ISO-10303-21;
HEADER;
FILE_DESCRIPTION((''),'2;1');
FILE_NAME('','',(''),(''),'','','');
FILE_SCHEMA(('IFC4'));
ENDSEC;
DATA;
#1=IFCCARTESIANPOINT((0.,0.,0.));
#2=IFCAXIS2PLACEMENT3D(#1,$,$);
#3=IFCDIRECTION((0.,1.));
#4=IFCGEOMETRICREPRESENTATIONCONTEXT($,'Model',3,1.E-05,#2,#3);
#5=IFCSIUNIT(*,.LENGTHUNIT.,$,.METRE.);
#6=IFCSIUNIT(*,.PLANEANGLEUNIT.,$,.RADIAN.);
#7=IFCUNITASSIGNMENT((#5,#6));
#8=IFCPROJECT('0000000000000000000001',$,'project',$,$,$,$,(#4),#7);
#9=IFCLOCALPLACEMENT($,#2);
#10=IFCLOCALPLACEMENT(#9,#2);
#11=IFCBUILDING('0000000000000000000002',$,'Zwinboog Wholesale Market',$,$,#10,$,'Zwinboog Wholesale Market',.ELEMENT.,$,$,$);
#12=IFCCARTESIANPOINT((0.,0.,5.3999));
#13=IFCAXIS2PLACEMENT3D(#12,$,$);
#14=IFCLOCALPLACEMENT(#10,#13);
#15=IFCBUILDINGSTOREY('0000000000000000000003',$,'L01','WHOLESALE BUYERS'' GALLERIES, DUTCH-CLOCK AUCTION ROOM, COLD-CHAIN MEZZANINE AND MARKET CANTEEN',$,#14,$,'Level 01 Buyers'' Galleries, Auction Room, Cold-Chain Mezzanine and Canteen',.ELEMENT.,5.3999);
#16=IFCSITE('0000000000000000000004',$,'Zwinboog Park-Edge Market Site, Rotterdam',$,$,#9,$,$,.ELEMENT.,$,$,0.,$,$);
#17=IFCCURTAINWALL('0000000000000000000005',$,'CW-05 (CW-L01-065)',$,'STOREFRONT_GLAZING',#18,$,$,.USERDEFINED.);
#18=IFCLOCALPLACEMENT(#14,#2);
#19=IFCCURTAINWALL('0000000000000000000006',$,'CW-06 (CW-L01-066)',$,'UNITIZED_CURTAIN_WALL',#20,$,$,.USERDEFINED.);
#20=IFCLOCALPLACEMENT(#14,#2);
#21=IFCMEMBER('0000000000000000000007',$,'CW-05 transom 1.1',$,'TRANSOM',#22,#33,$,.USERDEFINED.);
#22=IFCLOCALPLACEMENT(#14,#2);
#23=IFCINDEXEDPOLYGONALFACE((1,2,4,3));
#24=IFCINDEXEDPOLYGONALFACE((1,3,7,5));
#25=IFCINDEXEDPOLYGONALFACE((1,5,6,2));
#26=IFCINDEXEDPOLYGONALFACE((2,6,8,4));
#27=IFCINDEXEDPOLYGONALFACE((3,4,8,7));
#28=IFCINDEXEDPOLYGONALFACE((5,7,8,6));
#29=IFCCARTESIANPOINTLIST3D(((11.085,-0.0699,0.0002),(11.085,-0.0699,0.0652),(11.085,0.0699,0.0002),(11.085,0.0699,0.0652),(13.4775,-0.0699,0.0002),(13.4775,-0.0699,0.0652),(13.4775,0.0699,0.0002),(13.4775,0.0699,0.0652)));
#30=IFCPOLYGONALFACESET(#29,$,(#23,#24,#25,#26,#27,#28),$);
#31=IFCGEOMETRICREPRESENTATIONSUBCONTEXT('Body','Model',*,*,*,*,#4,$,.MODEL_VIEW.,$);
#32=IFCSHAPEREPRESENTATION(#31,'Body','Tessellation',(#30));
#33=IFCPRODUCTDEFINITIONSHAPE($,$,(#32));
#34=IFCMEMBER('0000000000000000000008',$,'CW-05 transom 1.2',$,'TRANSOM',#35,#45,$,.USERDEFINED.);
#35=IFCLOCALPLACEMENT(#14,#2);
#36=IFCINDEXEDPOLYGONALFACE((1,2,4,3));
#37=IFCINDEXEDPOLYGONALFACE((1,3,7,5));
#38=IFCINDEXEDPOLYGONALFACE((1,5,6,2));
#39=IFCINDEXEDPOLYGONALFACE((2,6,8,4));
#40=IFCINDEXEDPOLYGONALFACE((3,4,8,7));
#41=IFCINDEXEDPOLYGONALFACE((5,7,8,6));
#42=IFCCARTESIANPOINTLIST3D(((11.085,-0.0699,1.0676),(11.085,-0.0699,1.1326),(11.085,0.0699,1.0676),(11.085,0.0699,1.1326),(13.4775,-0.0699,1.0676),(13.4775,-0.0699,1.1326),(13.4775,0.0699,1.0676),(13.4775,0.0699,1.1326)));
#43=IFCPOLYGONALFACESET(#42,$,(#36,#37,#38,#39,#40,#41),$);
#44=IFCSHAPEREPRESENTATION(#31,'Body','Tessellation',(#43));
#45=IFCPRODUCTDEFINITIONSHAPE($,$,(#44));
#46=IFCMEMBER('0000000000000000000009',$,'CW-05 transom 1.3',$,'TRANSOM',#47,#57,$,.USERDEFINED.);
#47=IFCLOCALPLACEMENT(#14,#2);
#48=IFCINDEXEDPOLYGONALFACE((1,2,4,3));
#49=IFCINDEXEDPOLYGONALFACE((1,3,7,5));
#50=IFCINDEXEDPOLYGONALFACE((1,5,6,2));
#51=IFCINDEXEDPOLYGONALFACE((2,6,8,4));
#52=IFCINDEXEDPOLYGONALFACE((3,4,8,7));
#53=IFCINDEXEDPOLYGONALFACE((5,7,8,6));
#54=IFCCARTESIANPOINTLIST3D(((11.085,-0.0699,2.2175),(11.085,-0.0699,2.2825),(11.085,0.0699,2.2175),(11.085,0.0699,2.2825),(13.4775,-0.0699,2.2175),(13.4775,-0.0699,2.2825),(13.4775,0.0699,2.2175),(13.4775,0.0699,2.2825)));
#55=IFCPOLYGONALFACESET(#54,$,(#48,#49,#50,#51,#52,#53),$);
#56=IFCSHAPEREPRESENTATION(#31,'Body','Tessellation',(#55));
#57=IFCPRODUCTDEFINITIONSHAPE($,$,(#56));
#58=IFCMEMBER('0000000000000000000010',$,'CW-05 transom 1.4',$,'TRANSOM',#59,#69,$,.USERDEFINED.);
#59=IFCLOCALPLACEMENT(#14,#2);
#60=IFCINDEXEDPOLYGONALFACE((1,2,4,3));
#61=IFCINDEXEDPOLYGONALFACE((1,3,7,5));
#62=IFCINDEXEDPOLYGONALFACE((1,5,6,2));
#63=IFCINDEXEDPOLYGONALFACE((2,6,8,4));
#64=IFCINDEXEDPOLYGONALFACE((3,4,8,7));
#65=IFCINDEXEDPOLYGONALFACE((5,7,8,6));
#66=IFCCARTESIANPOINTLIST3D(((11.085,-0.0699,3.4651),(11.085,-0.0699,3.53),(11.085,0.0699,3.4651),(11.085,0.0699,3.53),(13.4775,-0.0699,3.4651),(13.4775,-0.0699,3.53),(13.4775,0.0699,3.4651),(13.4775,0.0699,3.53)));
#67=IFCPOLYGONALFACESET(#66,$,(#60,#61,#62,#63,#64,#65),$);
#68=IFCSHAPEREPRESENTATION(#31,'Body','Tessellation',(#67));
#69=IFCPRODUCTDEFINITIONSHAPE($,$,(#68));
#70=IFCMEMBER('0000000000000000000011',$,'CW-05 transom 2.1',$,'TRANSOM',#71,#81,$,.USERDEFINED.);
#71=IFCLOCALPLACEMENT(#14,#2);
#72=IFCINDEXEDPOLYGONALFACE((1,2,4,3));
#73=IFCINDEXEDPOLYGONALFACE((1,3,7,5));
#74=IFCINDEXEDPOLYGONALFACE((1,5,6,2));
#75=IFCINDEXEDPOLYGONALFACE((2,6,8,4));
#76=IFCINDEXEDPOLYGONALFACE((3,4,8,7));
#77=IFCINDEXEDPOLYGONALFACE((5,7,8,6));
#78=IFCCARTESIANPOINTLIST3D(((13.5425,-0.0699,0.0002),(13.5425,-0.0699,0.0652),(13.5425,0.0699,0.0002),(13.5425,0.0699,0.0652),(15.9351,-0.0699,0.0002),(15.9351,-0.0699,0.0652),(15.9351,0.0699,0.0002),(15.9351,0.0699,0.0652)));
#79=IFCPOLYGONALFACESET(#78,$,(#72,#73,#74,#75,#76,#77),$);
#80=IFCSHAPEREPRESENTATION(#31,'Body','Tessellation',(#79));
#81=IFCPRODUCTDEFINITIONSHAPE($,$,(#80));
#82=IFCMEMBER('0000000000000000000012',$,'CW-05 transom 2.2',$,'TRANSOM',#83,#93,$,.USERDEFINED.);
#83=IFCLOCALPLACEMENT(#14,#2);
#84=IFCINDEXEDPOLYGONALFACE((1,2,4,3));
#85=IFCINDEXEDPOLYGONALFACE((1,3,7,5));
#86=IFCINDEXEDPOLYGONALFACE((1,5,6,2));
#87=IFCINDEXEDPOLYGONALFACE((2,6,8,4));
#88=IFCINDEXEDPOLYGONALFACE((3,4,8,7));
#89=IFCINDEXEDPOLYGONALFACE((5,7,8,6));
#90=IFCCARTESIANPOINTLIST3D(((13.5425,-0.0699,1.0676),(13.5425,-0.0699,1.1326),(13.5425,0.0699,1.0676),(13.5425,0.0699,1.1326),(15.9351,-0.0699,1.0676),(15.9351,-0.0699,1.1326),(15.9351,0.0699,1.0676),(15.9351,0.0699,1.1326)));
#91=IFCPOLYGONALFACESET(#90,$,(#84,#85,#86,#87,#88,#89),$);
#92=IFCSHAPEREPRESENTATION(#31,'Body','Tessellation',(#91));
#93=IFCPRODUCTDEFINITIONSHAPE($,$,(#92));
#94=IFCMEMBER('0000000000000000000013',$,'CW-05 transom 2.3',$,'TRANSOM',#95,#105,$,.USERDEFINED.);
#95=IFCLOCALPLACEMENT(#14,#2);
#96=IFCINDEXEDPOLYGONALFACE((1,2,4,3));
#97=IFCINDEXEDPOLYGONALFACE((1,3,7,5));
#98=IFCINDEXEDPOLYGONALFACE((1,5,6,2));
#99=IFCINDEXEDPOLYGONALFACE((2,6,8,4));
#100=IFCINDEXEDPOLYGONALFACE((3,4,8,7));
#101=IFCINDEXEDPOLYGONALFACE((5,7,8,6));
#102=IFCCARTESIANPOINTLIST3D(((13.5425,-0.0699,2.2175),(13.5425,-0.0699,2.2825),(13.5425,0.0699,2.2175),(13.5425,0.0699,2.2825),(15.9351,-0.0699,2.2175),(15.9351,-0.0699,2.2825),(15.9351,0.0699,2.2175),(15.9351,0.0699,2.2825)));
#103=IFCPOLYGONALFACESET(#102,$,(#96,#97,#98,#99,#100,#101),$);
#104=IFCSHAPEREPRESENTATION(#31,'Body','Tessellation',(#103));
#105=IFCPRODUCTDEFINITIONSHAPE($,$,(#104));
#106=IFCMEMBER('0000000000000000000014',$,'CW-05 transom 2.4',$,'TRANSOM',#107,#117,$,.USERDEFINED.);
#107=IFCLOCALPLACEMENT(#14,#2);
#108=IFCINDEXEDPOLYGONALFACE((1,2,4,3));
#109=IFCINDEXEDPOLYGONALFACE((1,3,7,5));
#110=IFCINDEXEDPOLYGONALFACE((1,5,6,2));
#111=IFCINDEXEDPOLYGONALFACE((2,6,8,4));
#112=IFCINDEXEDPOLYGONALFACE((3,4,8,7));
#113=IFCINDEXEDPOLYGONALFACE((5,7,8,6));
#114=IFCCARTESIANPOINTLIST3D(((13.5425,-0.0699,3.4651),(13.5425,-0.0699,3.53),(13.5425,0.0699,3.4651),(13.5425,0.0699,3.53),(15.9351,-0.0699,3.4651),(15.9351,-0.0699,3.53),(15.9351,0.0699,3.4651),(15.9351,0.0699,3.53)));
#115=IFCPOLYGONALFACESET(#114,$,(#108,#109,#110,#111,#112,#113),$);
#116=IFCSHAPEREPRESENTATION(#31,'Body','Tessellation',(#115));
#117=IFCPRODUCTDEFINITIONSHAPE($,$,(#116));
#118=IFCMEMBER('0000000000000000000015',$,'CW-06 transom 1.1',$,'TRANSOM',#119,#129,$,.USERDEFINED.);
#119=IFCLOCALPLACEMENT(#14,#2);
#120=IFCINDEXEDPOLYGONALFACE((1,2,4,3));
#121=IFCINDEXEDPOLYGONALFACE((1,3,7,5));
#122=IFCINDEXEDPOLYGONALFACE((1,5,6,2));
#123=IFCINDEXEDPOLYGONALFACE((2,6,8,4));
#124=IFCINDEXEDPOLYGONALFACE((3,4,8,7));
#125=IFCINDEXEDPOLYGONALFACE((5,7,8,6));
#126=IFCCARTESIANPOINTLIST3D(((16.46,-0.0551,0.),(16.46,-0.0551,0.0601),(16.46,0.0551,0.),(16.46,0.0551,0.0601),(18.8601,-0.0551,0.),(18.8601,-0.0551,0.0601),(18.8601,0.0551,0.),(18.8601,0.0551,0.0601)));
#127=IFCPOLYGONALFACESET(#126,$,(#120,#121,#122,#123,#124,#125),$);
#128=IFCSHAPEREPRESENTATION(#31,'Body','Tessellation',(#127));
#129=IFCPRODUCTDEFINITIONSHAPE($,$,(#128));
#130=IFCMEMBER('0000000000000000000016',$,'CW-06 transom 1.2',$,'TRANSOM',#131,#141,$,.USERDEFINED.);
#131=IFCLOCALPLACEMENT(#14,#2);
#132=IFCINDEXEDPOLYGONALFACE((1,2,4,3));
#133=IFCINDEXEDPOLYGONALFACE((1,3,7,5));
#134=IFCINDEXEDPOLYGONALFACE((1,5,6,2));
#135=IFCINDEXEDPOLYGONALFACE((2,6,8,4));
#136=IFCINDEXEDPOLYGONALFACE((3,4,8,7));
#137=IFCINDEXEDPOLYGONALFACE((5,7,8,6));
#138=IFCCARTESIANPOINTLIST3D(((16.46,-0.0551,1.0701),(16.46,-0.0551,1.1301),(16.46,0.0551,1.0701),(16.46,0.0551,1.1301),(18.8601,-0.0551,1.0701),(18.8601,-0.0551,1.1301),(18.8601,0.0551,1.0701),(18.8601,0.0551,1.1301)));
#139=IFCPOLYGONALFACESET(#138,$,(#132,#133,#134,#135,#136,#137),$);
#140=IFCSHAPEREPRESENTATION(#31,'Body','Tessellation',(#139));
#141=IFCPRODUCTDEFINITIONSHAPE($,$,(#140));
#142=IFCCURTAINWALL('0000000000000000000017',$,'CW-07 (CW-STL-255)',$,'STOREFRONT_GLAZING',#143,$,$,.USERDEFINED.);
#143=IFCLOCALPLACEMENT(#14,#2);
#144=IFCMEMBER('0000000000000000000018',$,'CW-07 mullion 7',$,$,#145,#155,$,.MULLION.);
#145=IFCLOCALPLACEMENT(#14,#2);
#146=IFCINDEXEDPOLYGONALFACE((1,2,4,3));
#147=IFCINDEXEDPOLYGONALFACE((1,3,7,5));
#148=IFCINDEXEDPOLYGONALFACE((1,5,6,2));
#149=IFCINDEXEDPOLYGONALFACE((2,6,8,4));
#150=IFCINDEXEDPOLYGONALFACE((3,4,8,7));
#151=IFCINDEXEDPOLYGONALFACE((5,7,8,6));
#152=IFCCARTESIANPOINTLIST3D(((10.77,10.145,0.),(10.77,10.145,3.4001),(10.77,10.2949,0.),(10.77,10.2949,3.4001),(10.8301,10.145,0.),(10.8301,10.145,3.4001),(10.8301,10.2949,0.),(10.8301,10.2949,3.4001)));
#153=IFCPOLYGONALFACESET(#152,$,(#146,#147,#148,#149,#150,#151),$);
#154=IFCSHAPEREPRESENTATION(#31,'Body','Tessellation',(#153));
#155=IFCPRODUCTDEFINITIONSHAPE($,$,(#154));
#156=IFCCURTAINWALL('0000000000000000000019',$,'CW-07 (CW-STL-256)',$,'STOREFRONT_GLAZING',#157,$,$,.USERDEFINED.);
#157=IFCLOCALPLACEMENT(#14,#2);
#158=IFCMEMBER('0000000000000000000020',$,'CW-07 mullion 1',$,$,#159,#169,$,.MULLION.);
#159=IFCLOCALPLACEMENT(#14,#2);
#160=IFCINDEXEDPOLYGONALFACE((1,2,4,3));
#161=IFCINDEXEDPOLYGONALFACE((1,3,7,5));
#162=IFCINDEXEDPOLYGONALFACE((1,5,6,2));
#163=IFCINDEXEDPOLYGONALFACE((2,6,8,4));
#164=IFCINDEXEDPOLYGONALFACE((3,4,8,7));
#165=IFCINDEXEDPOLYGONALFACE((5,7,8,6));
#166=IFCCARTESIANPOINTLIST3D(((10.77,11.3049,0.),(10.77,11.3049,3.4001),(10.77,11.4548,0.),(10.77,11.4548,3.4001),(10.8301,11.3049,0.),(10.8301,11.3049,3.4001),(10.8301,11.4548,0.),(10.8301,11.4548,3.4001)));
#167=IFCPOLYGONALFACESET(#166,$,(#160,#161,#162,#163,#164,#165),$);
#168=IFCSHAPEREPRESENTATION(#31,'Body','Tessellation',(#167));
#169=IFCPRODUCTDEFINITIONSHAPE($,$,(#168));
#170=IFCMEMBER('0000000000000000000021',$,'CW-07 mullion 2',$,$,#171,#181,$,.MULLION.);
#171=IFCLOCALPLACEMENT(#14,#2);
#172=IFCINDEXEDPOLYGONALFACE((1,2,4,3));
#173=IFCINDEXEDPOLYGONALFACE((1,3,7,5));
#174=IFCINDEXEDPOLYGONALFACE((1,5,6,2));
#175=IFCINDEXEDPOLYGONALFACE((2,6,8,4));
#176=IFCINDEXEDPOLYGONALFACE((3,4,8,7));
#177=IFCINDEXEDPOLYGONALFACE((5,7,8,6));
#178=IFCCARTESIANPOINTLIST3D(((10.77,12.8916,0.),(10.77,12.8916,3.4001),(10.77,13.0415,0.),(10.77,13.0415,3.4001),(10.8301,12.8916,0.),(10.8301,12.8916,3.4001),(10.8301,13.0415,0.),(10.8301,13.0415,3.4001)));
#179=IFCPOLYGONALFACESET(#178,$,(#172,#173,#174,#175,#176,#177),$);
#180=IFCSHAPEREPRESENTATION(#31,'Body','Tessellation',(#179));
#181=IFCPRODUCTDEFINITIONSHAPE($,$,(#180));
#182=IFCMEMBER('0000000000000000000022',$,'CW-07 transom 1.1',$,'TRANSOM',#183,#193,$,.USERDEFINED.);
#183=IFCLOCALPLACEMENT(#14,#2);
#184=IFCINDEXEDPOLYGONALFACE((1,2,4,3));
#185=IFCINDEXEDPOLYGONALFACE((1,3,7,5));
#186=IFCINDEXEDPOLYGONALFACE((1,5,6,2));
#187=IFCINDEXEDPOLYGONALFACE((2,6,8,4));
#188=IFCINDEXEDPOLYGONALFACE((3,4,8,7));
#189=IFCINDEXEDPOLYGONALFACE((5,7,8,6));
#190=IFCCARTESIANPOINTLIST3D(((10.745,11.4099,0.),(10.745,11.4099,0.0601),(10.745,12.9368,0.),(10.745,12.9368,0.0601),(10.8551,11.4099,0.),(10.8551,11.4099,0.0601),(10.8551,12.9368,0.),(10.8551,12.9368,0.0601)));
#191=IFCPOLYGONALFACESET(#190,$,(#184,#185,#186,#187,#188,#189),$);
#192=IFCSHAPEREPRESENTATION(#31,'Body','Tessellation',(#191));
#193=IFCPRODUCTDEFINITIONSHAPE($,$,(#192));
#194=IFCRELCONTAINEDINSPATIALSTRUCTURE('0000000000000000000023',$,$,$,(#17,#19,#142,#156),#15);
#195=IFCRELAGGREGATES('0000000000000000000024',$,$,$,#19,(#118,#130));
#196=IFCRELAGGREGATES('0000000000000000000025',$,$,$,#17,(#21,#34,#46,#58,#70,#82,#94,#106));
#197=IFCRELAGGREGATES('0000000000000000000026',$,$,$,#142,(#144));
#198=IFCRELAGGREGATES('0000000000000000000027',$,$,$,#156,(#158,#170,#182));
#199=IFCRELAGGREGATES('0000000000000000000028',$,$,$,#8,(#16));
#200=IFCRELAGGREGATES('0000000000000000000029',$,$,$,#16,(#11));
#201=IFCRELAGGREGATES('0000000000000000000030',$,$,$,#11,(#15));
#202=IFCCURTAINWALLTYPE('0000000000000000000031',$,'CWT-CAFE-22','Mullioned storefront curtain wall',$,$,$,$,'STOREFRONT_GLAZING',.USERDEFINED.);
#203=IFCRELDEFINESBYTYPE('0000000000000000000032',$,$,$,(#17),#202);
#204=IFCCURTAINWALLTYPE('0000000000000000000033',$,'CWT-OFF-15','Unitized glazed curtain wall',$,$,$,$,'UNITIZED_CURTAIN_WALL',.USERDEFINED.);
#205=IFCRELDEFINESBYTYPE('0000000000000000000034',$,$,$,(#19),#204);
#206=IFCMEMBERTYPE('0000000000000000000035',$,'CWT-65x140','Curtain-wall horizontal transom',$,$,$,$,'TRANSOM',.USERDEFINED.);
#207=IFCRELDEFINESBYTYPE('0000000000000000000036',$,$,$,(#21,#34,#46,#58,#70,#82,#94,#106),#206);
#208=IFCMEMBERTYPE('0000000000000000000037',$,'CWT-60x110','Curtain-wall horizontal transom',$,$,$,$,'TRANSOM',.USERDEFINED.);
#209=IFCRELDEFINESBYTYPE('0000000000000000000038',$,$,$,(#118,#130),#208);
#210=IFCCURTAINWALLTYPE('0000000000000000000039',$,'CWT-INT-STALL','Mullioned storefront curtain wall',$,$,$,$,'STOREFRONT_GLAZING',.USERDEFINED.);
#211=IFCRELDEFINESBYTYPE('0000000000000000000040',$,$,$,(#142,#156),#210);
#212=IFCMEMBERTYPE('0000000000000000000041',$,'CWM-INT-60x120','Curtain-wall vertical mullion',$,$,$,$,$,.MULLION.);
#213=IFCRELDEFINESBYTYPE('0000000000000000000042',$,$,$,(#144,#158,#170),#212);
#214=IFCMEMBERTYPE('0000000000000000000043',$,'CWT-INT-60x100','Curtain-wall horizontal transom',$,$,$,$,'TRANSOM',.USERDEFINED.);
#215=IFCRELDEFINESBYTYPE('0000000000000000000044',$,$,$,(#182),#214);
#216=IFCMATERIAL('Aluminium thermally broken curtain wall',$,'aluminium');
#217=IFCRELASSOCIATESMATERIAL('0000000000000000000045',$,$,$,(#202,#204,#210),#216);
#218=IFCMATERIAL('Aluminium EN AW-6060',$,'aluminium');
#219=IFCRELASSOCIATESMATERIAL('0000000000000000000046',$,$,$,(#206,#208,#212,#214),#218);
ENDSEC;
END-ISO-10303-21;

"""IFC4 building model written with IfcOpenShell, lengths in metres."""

from ifc_helpers import new_model, si_unit, direction, frame, origin, origin_2d, place, context, subcontext, project, spatial, rectangle, extrude, material, material_profile, profile_set, type_object, element, aggregate, save


model = new_model("IFC4")

# Units and contexts
model_context = context("Model", 3, precision=1e-05, world=origin(), true_north=direction((0.0, 1.0)))
body_context = subcontext(model_context, "Body", "Model", "MODEL_VIEW")
ifc_project = project(units=[si_unit("LENGTHUNIT", "METRE"), si_unit("PLANEANGLEUNIT", "RADIAN")], contexts=[model_context])

# Site, building, storey
site_placement = place(None, origin())
site = spatial("IfcSite", under=ifc_project, at=site_placement, Name="Zwinboog Park-Edge Market Site, Rotterdam", CompositionType="ELEMENT", RefElevation=0.0)
building_placement = place(site_placement, origin())
building = spatial("IfcBuilding", under=site, at=building_placement, Name="Zwinboog Wholesale Market", LongName="Zwinboog Wholesale Market", CompositionType="ELEMENT")
storey_placement = place(building_placement, frame((0.0, 0.0, 5.3999)))
storey = spatial("IfcBuildingStorey", under=building, at=storey_placement, Name="L01", Description="WHOLESALE BUYERS' GALLERIES, DUTCH-CLOCK AUCTION ROOM, COLD-CHAIN MEZZANINE AND MARKET CANTEEN", LongName="Level 01 Buyers' Galleries, Auction Room, Cold-Chain Mezzanine and Canteen", CompositionType="ELEMENT", Elevation=5.3999)

# Curtain wall
ifc_material_1 = material(Name="Aluminium thermally broken curtain wall", Category="aluminium")
curtain_wall_type_1 = type_object("IfcCurtainWallType", Name="CWT-CAFE-22", Description="Mullioned storefront curtain wall", ElementType="STOREFRONT_GLAZING", PredefinedType="USERDEFINED", material=ifc_material_1)
curtain_wall_1_placement = place(storey_placement, origin())
curtain_wall_1 = element("IfcCurtainWall", 1, at=curtain_wall_1_placement, inside=storey, type_object=curtain_wall_type_1, Name="CW-05 (CW-L01-065)", ObjectType="STOREFRONT_GLAZING", PredefinedType="USERDEFINED")
ifc_material_2 = material(Name="Aluminium EN AW-6060", Category="aluminium")

# Curtain wall
curtain_wall_type_2 = type_object("IfcCurtainWallType", Name="CWT-OFF-15", Description="Unitized glazed curtain wall", ElementType="UNITIZED_CURTAIN_WALL", PredefinedType="USERDEFINED", material=ifc_material_1)
curtain_wall_2_placement = place(storey_placement, origin())
curtain_wall_2 = element("IfcCurtainWall", 2, at=curtain_wall_2_placement, inside=storey, type_object=curtain_wall_type_2, Name="CW-06 (CW-L01-066)", ObjectType="UNITIZED_CURTAIN_WALL", PredefinedType="USERDEFINED")

# Members
ifc_material_profile_1 = material_profile(ifc_material_2, rectangle(XDim=0.1399, YDim=0.0649, at=origin_2d()), Name="AL 65x140")
ifc_profile_set_1 = profile_set([ifc_material_profile_1], Name="Aluminium EN AW-6060")
member_type_1 = type_object("IfcMemberType", Name="CWT-65x140", Description="Curtain-wall horizontal transom", ElementType="TRANSOM", PredefinedType="USERDEFINED", material=ifc_profile_set_1)
member_1_placement = place(storey_placement, frame((11.085, 0.0, 0.0327), z_axis=(1.0, 0.0, 0.0), x_axis=(0.0, 1.0, 0.0)))
member_1 = element("IfcMember", 3, at=member_1_placement, type_object=member_type_1, Name="CW-05 transom 1.1", ObjectType="TRANSOM", PredefinedType="USERDEFINED", context=body_context, shape_type="SweptSolid", body=[
    extrude(rectangle(XDim=0.1399, YDim=0.0649, at=origin_2d()), origin(), (0.0, 0.0, 1.0), 2.3926),
])
member_2_placement = place(storey_placement, frame((11.085, 0.0, 1.1001), z_axis=(1.0, 0.0, 0.0), x_axis=(0.0, 1.0, 0.0)))
member_2 = element("IfcMember", 4, at=member_2_placement, type_object=member_type_1, Name="CW-05 transom 1.2", ObjectType="TRANSOM", PredefinedType="USERDEFINED", context=body_context, shape_type="SweptSolid", body=[
    extrude(rectangle(XDim=0.1399, YDim=0.0649, at=origin_2d()), origin(), (0.0, 0.0, 1.0), 2.3926),
])
member_3_placement = place(storey_placement, frame((11.085, 0.0, 2.25), z_axis=(1.0, 0.0, 0.0), x_axis=(0.0, 1.0, 0.0)))
member_3 = element("IfcMember", 5, at=member_3_placement, type_object=member_type_1, Name="CW-05 transom 1.3", ObjectType="TRANSOM", PredefinedType="USERDEFINED", context=body_context, shape_type="SweptSolid", body=[
    extrude(rectangle(XDim=0.1399, YDim=0.0649, at=origin_2d()), origin(), (0.0, 0.0, 1.0), 2.3926),
])
member_4_placement = place(storey_placement, frame((11.085, 0.0, 3.4976), z_axis=(1.0, 0.0, 0.0), x_axis=(0.0, 1.0, 0.0)))
member_4 = element("IfcMember", 6, at=member_4_placement, type_object=member_type_1, Name="CW-05 transom 1.4", ObjectType="TRANSOM", PredefinedType="USERDEFINED", context=body_context, shape_type="SweptSolid", body=[
    extrude(rectangle(XDim=0.1399, YDim=0.0649, at=origin_2d()), origin(), (0.0, 0.0, 1.0), 2.3926),
])
member_5_placement = place(storey_placement, frame((13.5425, 0.0, 0.0327), z_axis=(1.0, 0.0, 0.0), x_axis=(0.0, 1.0, 0.0)))
member_5 = element("IfcMember", 7, at=member_5_placement, type_object=member_type_1, Name="CW-05 transom 2.1", ObjectType="TRANSOM", PredefinedType="USERDEFINED", context=body_context, shape_type="SweptSolid", body=[
    extrude(rectangle(XDim=0.1399, YDim=0.0649, at=origin_2d()), origin(), (0.0, 0.0, 1.0), 2.3926),
])
member_6_placement = place(storey_placement, frame((13.5425, 0.0, 1.1001), z_axis=(1.0, 0.0, 0.0), x_axis=(0.0, 1.0, 0.0)))
member_6 = element("IfcMember", 8, at=member_6_placement, type_object=member_type_1, Name="CW-05 transom 2.2", ObjectType="TRANSOM", PredefinedType="USERDEFINED", context=body_context, shape_type="SweptSolid", body=[
    extrude(rectangle(XDim=0.1399, YDim=0.0649, at=origin_2d()), origin(), (0.0, 0.0, 1.0), 2.3926),
])
member_7_placement = place(storey_placement, frame((13.5425, 0.0, 2.25), z_axis=(1.0, 0.0, 0.0), x_axis=(0.0, 1.0, 0.0)))
member_7 = element("IfcMember", 9, at=member_7_placement, type_object=member_type_1, Name="CW-05 transom 2.3", ObjectType="TRANSOM", PredefinedType="USERDEFINED", context=body_context, shape_type="SweptSolid", body=[
    extrude(rectangle(XDim=0.1399, YDim=0.0649, at=origin_2d()), origin(), (0.0, 0.0, 1.0), 2.3926),
])
member_8_placement = place(storey_placement, frame((13.5425, 0.0, 3.4976), z_axis=(1.0, 0.0, 0.0), x_axis=(0.0, 1.0, 0.0)))
member_8 = element("IfcMember", 10, at=member_8_placement, type_object=member_type_1, Name="CW-05 transom 2.4", ObjectType="TRANSOM", PredefinedType="USERDEFINED", context=body_context, shape_type="SweptSolid", body=[
    extrude(rectangle(XDim=0.1399, YDim=0.0649, at=origin_2d()), origin(), (0.0, 0.0, 1.0), 2.3926),
])
ifc_material_profile_2 = material_profile(ifc_material_2, rectangle(XDim=0.1101, YDim=0.0601, at=origin_2d()), Name="AL 60x110")
ifc_profile_set_2 = profile_set([ifc_material_profile_2], Name="Aluminium EN AW-6060")
member_type_2 = type_object("IfcMemberType", Name="CWT-60x110", Description="Curtain-wall horizontal transom", ElementType="TRANSOM", PredefinedType="USERDEFINED", material=ifc_profile_set_2)
member_9_placement = place(storey_placement, frame((16.46, 0.0, 0.03), z_axis=(1.0, 0.0, 0.0), x_axis=(0.0, 1.0, 0.0)))
member_9 = element("IfcMember", 11, at=member_9_placement, type_object=member_type_2, Name="CW-06 transom 1.1", ObjectType="TRANSOM", PredefinedType="USERDEFINED", context=body_context, shape_type="SweptSolid", body=[
    extrude(rectangle(XDim=0.1101, YDim=0.0601, at=origin_2d()), origin(), (0.0, 0.0, 1.0), 2.4001),
])
member_10_placement = place(storey_placement, frame((16.46, 0.0, 1.1001), z_axis=(1.0, 0.0, 0.0), x_axis=(0.0, 1.0, 0.0)))
member_10 = element("IfcMember", 12, at=member_10_placement, type_object=member_type_2, Name="CW-06 transom 1.2", ObjectType="TRANSOM", PredefinedType="USERDEFINED", context=body_context, shape_type="SweptSolid", body=[
    extrude(rectangle(XDim=0.1101, YDim=0.0601, at=origin_2d()), origin(), (0.0, 0.0, 1.0), 2.4001),
])
aggregate(curtain_wall_2, [member_9, member_10])

# Curtain wall, member
curtain_wall_type_3 = type_object("IfcCurtainWallType", Name="CWT-INT-STALL", Description="Mullioned storefront curtain wall", ElementType="STOREFRONT_GLAZING", PredefinedType="USERDEFINED", material=ifc_material_1)
curtain_wall_3_placement = place(storey_placement, origin())
curtain_wall_3 = element("IfcCurtainWall", 13, at=curtain_wall_3_placement, inside=storey, type_object=curtain_wall_type_3, Name="CW-07 (CW-STL-255)", ObjectType="STOREFRONT_GLAZING", PredefinedType="USERDEFINED")
ifc_material_profile_3 = material_profile(ifc_material_2, rectangle(XDim=0.0601, YDim=0.1499, at=origin_2d()), Name="AL 60x150")
ifc_profile_set_3 = profile_set([ifc_material_profile_3], Name="Aluminium EN AW-6060")
member_type_3 = type_object("IfcMemberType", Name="CWM-INT-60x120", Description="Curtain-wall vertical mullion", PredefinedType="MULLION", material=ifc_profile_set_3)
member_11_placement = place(storey_placement, frame((10.8, 10.22, 0.0), z_axis=(0.0, 0.0, 1.0), x_axis=(-1.0, 0.0, 0.0)))
member_11 = element("IfcMember", 14, at=member_11_placement, type_object=member_type_3, Name="CW-07 mullion 7", PredefinedType="MULLION", context=body_context, shape_type="SweptSolid", body=[
    extrude(rectangle(XDim=0.0601, YDim=0.1499, at=origin_2d()), origin(), (0.0, 0.0, 1.0), 3.4001),
])

# Curtain wall, members
curtain_wall_4_placement = place(storey_placement, origin())
curtain_wall_4 = element("IfcCurtainWall", 15, at=curtain_wall_4_placement, inside=storey, type_object=curtain_wall_type_3, Name="CW-07 (CW-STL-256)", ObjectType="STOREFRONT_GLAZING", PredefinedType="USERDEFINED")
member_12_placement = place(storey_placement, frame((10.8, 11.3799, 0.0), z_axis=(0.0, 0.0, 1.0), x_axis=(-1.0, 0.0, 0.0)))
member_12 = element("IfcMember", 16, at=member_12_placement, type_object=member_type_3, Name="CW-07 mullion 1", PredefinedType="MULLION", context=body_context, shape_type="SweptSolid", body=[
    extrude(rectangle(XDim=0.0601, YDim=0.1499, at=origin_2d()), origin(), (0.0, 0.0, 1.0), 3.4001),
])
member_13_placement = place(storey_placement, frame((10.8, 12.9666, 0.0), z_axis=(0.0, 0.0, 1.0), x_axis=(-1.0, 0.0, 0.0)))
member_13 = element("IfcMember", 17, at=member_13_placement, type_object=member_type_3, Name="CW-07 mullion 2", PredefinedType="MULLION", context=body_context, shape_type="SweptSolid", body=[
    extrude(rectangle(XDim=0.0601, YDim=0.1499, at=origin_2d()), origin(), (0.0, 0.0, 1.0), 3.4001),
])
ifc_material_profile_4 = material_profile(ifc_material_2, rectangle(XDim=0.1101, YDim=0.0601, at=origin_2d()), Name="AL 60x110")
ifc_profile_set_4 = profile_set([ifc_material_profile_4], Name="Aluminium EN AW-6060")
member_type_4 = type_object("IfcMemberType", Name="CWT-INT-60x100", Description="Curtain-wall horizontal transom", ElementType="TRANSOM", PredefinedType="USERDEFINED", material=ifc_profile_set_4)
member_14_placement = place(storey_placement, frame((10.8, 11.4099, 0.03), z_axis=(0.0, 1.0, 0.0), x_axis=(-1.0, 0.0, 0.0)))
member_14 = element("IfcMember", 18, at=member_14_placement, type_object=member_type_4, Name="CW-07 transom 1.1", ObjectType="TRANSOM", PredefinedType="USERDEFINED", context=body_context, shape_type="SweptSolid", body=[
    extrude(rectangle(XDim=0.1101, YDim=0.0601, at=origin_2d()), origin(), (0.0, 0.0, 1.0), 1.5269),
])

aggregate(curtain_wall_1, [member_1, member_2, member_3, member_4, member_5, member_6, member_7, member_8])
aggregate(curtain_wall_3, [member_11])
aggregate(curtain_wall_4, [member_12, member_13, member_14])

save(model, "model.ifc")
